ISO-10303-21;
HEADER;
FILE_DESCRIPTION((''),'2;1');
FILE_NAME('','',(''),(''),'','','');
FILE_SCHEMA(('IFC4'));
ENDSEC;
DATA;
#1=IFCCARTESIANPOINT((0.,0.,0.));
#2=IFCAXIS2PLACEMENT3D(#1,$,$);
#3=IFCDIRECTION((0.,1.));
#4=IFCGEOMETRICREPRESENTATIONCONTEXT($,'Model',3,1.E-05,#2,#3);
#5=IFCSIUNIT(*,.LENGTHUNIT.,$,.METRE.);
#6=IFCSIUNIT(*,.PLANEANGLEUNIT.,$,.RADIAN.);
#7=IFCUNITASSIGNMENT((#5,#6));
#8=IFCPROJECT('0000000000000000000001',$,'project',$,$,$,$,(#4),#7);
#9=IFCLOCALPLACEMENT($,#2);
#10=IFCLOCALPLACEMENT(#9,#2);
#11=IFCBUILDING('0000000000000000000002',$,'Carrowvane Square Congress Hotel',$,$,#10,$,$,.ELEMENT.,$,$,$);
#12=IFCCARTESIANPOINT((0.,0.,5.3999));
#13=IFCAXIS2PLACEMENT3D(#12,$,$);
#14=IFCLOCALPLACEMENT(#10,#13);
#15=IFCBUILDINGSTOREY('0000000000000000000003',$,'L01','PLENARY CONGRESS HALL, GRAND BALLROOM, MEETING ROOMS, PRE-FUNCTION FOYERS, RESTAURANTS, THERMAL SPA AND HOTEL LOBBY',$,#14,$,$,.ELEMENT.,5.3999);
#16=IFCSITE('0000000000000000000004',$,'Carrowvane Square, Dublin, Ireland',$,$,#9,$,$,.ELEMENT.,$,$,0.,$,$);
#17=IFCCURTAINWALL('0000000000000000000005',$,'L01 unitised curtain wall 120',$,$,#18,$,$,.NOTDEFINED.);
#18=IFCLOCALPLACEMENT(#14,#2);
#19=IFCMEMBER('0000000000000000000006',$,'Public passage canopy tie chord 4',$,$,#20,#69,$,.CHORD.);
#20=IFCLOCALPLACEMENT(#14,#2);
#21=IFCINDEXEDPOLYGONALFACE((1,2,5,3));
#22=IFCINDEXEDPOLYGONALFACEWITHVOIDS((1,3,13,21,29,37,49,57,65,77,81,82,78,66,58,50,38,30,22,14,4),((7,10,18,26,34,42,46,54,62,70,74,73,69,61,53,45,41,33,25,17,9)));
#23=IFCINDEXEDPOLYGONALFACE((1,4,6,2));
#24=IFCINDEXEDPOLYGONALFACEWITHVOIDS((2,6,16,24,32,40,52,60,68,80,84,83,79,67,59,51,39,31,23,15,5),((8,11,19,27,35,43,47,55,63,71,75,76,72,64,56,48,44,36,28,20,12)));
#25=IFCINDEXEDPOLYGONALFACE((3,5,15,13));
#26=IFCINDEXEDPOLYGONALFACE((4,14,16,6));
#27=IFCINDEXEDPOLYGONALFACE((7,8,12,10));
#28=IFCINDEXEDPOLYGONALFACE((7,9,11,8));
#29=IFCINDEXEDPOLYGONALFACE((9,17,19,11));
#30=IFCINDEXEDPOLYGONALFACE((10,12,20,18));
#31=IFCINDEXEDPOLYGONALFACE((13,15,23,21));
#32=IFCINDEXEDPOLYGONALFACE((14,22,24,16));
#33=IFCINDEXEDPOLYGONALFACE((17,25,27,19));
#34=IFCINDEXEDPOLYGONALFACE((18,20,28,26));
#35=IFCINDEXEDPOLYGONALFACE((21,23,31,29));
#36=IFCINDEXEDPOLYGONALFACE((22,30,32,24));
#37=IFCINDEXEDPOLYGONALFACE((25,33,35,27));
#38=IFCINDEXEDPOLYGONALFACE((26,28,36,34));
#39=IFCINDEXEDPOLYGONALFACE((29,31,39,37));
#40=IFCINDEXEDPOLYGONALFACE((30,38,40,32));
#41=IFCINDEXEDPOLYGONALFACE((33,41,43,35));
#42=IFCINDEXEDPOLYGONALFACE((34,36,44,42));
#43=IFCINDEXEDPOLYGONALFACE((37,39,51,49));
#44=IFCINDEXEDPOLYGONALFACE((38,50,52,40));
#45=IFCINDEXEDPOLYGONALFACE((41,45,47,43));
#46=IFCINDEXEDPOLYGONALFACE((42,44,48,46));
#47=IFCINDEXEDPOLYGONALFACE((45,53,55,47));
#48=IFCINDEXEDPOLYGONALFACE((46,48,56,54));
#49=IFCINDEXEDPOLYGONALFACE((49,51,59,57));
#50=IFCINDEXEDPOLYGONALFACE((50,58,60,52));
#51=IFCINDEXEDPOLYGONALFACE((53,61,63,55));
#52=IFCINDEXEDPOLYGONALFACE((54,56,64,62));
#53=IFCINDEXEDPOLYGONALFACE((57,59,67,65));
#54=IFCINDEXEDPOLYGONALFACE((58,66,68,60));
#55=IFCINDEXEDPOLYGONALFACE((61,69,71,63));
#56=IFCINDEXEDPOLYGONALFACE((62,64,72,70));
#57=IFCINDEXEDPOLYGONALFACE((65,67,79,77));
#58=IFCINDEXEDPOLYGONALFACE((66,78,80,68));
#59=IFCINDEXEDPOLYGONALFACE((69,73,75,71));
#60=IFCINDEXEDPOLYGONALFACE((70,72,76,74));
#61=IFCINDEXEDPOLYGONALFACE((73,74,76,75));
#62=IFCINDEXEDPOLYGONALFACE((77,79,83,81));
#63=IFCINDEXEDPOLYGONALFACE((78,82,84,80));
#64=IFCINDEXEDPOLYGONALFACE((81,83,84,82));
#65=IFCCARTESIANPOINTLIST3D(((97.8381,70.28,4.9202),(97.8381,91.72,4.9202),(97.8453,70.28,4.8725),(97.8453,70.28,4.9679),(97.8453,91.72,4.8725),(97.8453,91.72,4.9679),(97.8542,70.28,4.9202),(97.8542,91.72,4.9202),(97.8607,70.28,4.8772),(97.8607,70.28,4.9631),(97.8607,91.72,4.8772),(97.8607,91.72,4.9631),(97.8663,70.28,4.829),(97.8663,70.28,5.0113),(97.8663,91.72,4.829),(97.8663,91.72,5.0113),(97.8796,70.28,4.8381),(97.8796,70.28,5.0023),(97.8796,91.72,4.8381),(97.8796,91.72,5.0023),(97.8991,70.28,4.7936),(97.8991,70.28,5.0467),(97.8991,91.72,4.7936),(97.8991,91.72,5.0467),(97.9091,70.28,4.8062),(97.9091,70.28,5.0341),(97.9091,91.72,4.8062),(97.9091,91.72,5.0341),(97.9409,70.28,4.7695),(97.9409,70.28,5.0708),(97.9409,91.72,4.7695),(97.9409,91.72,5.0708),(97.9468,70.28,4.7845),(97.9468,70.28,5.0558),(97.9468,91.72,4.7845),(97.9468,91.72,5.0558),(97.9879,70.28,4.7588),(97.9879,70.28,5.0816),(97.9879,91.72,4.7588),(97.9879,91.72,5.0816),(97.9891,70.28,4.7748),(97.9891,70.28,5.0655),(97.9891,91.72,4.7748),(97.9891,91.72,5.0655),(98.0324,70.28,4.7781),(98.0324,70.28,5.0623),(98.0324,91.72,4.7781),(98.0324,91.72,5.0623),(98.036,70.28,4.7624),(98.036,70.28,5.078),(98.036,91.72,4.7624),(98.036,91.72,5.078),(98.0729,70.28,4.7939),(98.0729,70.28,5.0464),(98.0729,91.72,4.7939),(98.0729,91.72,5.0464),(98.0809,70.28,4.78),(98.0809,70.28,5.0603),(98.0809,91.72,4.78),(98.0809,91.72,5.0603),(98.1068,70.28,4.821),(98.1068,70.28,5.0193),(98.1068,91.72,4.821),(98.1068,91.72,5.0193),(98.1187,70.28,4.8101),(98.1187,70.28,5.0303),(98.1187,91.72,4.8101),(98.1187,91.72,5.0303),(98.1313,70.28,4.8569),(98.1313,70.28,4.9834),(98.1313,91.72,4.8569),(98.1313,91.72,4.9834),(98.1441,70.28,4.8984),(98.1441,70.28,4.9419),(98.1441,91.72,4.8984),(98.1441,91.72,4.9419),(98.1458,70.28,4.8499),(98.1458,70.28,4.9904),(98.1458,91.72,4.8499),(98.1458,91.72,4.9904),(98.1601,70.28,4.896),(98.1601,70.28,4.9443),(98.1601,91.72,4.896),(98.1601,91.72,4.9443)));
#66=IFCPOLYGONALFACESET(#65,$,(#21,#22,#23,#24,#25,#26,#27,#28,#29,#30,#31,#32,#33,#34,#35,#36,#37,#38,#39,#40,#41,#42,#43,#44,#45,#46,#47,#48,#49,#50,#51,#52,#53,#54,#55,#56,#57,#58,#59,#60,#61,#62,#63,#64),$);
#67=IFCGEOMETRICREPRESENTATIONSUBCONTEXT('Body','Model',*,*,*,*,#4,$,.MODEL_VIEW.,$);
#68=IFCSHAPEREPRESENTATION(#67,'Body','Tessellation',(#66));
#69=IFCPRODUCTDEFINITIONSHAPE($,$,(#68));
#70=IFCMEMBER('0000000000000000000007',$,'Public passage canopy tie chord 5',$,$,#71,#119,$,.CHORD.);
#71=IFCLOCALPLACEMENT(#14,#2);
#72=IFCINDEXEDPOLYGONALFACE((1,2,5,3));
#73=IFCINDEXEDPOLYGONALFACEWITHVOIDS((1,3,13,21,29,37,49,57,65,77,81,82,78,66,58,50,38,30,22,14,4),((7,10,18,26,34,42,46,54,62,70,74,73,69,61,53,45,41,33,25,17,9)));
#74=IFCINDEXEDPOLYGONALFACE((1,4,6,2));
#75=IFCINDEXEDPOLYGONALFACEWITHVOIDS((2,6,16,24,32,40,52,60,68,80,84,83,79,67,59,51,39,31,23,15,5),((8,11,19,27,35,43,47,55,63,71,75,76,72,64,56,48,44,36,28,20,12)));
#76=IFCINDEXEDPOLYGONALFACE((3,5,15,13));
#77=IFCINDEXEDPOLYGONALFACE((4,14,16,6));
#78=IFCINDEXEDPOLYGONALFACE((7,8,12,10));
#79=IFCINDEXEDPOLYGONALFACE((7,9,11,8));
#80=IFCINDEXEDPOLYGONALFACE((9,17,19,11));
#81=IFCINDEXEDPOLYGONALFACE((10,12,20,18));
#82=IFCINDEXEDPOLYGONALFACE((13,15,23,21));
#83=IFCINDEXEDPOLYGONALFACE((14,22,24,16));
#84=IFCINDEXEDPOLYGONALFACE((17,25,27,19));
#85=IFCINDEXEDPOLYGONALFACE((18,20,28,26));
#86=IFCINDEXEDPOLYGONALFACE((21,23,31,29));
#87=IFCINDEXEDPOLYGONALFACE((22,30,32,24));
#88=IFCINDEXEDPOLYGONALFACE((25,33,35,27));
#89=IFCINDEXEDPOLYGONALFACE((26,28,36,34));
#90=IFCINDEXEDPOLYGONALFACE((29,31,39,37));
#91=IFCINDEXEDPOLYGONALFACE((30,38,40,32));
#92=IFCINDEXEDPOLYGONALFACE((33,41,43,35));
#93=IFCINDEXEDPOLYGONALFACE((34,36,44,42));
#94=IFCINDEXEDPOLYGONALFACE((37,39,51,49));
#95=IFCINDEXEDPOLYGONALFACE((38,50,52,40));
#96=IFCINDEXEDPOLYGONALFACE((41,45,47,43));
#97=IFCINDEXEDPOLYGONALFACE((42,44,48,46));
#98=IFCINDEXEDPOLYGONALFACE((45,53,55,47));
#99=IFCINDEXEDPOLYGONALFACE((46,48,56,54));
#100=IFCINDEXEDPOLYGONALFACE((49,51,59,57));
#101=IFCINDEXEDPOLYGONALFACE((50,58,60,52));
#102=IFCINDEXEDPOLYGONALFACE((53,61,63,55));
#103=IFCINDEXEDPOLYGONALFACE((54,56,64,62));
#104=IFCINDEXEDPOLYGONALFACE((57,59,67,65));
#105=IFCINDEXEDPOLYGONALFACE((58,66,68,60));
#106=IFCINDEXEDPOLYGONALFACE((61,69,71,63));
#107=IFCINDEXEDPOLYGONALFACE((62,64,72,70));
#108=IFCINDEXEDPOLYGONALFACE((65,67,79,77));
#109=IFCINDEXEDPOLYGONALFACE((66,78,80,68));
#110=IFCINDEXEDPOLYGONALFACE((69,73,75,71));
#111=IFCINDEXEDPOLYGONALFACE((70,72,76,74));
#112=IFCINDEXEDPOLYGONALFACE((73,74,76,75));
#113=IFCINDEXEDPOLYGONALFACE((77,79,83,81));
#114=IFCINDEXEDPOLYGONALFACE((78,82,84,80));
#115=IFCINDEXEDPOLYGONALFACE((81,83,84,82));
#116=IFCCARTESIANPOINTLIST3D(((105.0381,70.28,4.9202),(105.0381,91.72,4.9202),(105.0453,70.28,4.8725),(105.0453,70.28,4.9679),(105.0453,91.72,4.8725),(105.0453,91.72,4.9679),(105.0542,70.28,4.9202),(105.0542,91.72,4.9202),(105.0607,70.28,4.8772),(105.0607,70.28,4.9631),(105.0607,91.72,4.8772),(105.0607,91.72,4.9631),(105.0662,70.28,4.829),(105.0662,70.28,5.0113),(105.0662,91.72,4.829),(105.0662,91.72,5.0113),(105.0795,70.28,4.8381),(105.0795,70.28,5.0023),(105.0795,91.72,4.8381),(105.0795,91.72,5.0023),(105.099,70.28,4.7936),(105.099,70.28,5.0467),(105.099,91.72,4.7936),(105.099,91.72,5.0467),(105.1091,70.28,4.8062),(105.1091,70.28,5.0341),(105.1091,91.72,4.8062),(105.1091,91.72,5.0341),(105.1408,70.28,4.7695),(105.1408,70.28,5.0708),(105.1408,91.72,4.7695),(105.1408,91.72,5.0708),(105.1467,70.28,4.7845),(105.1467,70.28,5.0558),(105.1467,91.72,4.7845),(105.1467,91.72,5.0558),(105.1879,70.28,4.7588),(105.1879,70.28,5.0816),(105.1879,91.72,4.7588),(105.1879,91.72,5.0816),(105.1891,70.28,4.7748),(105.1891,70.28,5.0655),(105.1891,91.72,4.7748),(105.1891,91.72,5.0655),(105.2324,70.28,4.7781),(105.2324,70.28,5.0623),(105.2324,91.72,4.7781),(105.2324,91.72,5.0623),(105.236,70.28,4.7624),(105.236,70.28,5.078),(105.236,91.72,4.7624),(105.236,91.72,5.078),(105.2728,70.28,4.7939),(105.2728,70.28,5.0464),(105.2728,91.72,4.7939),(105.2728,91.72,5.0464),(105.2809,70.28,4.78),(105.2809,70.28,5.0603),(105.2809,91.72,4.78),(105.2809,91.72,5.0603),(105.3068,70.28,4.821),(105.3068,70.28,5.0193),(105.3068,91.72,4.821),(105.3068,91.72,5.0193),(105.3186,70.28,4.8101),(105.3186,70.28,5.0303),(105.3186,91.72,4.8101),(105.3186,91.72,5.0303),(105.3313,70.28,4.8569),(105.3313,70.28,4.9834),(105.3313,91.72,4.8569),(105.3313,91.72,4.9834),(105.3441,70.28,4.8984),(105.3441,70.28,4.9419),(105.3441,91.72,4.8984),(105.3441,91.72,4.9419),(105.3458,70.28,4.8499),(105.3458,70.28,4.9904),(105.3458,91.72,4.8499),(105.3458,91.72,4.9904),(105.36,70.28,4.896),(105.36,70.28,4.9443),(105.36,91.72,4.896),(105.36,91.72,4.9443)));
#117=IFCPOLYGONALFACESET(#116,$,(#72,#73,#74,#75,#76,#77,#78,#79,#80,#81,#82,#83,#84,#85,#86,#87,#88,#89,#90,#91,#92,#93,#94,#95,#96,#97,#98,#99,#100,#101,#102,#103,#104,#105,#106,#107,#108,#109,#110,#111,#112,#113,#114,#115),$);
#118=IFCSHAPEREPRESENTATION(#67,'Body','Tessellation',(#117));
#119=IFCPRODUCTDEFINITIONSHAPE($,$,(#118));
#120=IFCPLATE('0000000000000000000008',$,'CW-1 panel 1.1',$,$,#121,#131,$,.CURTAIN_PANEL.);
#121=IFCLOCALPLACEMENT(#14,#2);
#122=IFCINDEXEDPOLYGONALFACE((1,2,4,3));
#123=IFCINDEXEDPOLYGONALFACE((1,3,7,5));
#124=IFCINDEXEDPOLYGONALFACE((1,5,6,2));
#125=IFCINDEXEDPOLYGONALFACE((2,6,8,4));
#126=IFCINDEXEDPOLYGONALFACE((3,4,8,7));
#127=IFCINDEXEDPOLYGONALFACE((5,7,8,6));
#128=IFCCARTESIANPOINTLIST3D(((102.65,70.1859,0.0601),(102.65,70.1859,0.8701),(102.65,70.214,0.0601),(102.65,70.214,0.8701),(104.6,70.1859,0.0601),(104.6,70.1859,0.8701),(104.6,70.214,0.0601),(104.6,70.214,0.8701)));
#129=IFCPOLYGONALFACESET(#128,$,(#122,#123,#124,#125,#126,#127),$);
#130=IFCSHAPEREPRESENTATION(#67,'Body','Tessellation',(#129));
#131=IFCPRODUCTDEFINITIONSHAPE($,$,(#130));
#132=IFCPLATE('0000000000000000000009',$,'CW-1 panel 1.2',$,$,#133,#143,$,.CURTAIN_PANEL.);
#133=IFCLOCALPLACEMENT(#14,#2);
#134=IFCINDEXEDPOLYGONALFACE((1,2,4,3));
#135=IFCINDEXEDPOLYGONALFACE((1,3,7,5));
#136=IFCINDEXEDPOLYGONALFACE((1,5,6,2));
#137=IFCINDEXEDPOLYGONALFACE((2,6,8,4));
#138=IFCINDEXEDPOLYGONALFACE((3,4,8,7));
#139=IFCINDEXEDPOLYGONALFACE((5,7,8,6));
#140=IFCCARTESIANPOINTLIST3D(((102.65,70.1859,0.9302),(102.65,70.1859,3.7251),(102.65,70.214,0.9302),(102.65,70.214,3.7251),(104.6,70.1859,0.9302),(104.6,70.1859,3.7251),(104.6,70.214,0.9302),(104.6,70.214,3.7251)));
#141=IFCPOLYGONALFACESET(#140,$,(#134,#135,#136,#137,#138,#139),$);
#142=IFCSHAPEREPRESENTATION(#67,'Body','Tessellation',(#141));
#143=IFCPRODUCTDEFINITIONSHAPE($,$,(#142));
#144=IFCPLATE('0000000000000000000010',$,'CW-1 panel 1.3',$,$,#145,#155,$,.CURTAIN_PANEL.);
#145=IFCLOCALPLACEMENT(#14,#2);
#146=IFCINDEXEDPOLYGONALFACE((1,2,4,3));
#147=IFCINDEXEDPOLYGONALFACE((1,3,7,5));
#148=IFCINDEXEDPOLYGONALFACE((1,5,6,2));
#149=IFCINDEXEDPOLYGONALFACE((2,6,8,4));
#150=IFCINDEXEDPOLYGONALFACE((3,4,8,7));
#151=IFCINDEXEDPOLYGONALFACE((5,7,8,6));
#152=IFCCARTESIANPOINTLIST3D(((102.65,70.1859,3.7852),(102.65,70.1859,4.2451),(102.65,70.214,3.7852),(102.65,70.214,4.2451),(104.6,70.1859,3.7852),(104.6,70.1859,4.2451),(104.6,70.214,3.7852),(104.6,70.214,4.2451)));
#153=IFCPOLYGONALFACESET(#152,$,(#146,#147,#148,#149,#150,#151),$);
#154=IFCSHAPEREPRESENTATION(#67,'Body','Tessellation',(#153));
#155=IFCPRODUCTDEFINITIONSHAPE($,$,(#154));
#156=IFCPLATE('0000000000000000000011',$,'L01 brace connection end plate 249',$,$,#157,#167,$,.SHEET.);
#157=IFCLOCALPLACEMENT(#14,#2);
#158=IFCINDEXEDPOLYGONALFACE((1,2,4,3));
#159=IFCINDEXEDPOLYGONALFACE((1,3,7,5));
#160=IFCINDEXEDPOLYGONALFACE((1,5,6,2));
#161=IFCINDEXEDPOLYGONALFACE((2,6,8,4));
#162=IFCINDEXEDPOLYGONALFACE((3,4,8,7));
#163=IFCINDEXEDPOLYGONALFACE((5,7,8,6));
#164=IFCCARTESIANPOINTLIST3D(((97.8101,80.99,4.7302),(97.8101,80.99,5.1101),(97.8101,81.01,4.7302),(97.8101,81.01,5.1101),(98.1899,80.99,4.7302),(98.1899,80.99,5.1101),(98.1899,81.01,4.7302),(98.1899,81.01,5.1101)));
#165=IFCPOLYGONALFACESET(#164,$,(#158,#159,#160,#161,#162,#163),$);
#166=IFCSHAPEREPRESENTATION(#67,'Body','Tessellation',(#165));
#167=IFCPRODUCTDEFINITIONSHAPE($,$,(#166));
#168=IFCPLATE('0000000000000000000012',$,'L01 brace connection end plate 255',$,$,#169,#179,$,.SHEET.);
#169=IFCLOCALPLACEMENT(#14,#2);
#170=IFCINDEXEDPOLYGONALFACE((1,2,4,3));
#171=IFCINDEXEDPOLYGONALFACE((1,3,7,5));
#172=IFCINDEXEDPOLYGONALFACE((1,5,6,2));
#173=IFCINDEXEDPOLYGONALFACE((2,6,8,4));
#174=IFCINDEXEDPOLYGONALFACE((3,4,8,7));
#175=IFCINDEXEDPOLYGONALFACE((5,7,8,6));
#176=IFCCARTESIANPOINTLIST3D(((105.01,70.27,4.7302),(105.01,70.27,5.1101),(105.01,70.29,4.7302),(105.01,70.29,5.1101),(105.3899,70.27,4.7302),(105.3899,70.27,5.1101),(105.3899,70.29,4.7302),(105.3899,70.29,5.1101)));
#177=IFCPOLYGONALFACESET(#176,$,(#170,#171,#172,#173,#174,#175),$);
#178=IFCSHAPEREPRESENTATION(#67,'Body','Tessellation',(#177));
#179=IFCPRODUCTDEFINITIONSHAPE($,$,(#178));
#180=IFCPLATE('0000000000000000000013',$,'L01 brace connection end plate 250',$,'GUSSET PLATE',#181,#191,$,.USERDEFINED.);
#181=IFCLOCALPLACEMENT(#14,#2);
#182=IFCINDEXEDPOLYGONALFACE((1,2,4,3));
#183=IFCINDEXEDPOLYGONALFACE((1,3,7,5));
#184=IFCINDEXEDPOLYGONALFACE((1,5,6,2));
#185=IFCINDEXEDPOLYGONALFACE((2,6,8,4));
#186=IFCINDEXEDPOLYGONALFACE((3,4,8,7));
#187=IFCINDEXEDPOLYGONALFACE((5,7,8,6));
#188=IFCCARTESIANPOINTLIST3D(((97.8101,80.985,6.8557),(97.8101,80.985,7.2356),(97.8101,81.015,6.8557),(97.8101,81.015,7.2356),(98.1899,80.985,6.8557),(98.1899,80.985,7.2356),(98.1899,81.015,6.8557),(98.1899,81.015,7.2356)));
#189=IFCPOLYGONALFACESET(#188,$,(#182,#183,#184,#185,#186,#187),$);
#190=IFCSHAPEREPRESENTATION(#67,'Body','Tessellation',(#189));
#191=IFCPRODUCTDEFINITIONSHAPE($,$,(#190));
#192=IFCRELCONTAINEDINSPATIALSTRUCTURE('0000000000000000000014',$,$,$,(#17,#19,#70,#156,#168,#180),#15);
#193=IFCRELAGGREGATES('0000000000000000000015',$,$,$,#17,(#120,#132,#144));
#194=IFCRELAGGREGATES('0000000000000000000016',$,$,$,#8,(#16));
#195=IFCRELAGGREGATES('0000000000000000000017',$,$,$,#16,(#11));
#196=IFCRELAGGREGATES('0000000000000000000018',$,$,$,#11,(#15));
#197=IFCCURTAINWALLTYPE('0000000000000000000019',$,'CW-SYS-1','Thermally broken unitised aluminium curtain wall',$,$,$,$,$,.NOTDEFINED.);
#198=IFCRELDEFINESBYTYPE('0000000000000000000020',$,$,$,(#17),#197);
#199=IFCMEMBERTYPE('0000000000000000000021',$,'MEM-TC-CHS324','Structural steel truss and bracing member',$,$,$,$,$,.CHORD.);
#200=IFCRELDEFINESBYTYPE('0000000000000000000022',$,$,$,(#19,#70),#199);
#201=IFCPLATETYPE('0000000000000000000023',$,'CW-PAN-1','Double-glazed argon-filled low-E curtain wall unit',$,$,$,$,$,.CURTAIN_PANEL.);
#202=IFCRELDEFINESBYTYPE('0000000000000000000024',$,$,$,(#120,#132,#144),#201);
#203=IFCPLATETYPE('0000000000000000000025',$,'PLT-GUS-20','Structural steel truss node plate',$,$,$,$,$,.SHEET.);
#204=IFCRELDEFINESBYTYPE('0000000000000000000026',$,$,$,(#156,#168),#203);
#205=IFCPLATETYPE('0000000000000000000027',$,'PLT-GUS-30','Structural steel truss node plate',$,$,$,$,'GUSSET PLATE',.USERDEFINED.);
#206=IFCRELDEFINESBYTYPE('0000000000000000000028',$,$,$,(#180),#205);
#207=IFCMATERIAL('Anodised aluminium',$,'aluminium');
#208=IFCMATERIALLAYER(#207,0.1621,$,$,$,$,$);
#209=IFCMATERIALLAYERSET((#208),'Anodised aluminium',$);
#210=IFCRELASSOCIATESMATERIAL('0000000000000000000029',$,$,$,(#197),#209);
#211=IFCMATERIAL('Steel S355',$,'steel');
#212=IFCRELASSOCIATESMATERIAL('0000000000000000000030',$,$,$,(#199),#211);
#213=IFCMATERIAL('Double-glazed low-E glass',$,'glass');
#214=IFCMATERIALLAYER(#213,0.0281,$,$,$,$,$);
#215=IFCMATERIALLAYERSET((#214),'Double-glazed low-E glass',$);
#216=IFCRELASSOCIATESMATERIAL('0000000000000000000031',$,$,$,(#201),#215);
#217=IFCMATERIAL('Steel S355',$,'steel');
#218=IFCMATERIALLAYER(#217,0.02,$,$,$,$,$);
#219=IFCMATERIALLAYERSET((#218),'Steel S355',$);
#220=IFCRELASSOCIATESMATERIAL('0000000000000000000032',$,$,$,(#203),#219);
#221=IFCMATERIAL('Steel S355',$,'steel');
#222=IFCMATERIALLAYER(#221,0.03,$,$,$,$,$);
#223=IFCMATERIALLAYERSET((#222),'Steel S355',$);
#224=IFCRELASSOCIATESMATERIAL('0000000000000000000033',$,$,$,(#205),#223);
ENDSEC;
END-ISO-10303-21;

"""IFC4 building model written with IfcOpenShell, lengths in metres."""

from ifc_helpers import new_model, si_unit, direction, frame, origin, origin_2d, place, context, subcontext, project, spatial, rectangle, hollow_circle, extrude, material, layer, layer_set, material_profile, profile_set, type_object, element, aggregate, save


model = new_model("IFC4")

# Units and contexts
model_context = context("Model", 3, precision=1e-05, world=origin(), true_north=direction((0.0, 1.0)))
body_context = subcontext(model_context, "Body", "Model", "MODEL_VIEW")
ifc_project = project(units=[si_unit("LENGTHUNIT", "METRE"), si_unit("PLANEANGLEUNIT", "RADIAN")], contexts=[model_context])

# Site, building, storey
site_placement = place(None, origin())
site = spatial("IfcSite", under=ifc_project, at=site_placement, Name="Carrowvane Square, Dublin, Ireland", CompositionType="ELEMENT", RefElevation=0.0)
building_placement = place(site_placement, origin())
building = spatial("IfcBuilding", under=site, at=building_placement, Name="Carrowvane Square Congress Hotel", CompositionType="ELEMENT")
storey_placement = place(building_placement, frame((0.0, 0.0, 5.3999)))
storey = spatial("IfcBuildingStorey", under=building, at=storey_placement, Name="L01", Description="PLENARY CONGRESS HALL, GRAND BALLROOM, MEETING ROOMS, PRE-FUNCTION FOYERS, RESTAURANTS, THERMAL SPA AND HOTEL LOBBY", CompositionType="ELEMENT", Elevation=5.3999)

# Curtain wall
ifc_material_1 = material(Name="Anodised aluminium", Category="aluminium")
ifc_layer_1 = layer(ifc_material_1, 0.1621)
ifc_layer_set_1 = layer_set([ifc_layer_1], Name="Anodised aluminium")
curtain_wall_type = type_object("IfcCurtainWallType", Name="CW-SYS-1", Description="Thermally broken unitised aluminium curtain wall", PredefinedType="NOTDEFINED", material=ifc_layer_set_1)
curtain_wall_placement = place(storey_placement, origin())
curtain_wall = element("IfcCurtainWall", 1, at=curtain_wall_placement, inside=storey, type_object=curtain_wall_type, Name="L01 unitised curtain wall 120", PredefinedType="NOTDEFINED")

# Members
ifc_material_2 = material(Name="Steel S355", Category="steel")
ifc_material_profile_1 = material_profile(ifc_material_2, hollow_circle(Radius=0.1619, WallThickness=0.0161, at=origin_2d()), Name="CHS 323.9x16")
ifc_profile_set_1 = profile_set([ifc_material_profile_1], Name="Steel S355")
member_type_1 = type_object("IfcMemberType", Name="MEM-TC-CHS324", Description="Structural steel truss and bracing member", PredefinedType="CHORD", material=ifc_profile_set_1)
for number, where, z_axis, x_axis, name in (
    (2, (98.0, 70.28, 4.9202), (0.0, 1.0, 0.0), (-1.0, 0.0, 0.0), "Public passage canopy tie chord 4"),
    (3, (105.2, 70.28, 4.9202), (0.0, 1.0, 0.0), (-1.0, 0.0, 0.0), "Public passage canopy tie chord 5"),
):
    element("IfcMember", number, at=place(storey_placement, frame(where, z_axis=z_axis, x_axis=x_axis)), inside=storey, type_object=member_type_1, Name=name, PredefinedType="CHORD", context=body_context, shape_type="SweptSolid", body=[
        extrude(hollow_circle(Radius=0.1619, WallThickness=0.0161, at=origin_2d()), origin(), (0.0, 0.0, 1.0), 21.4399),
    ])

# Plates
ifc_material_3 = material(Name="Double-glazed low-E glass", Category="glass")
ifc_layer_2 = layer(ifc_material_3, 0.0281)
ifc_layer_set_2 = layer_set([ifc_layer_2], Name="Double-glazed low-E glass")
plate_type_1 = type_object("IfcPlateType", Name="CW-PAN-1", Description="Double-glazed argon-filled low-E curtain wall unit", PredefinedType="CURTAIN_PANEL", material=ifc_layer_set_2)
plate_1_placement = place(storey_placement, frame((103.625, 70.2, 0.0601), z_axis=(0.0, 0.0, 1.0), x_axis=(-1.0, 0.0, 0.0)))
plate_1 = element("IfcPlate", 4, at=plate_1_placement, type_object=plate_type_1, Name="CW-1 panel 1.1", PredefinedType="CURTAIN_PANEL", context=body_context, shape_type="SweptSolid", body=[
    extrude(rectangle(XDim=1.95, YDim=0.0281, at=origin_2d()), origin(), (0.0, 0.0, 1.0), 0.8101),
])
plate_2_placement = place(storey_placement, frame((103.625, 70.2, 0.9302), z_axis=(0.0, 0.0, 1.0), x_axis=(-1.0, 0.0, 0.0)))
plate_2 = element("IfcPlate", 5, at=plate_2_placement, type_object=plate_type_1, Name="CW-1 panel 1.2", PredefinedType="CURTAIN_PANEL", context=body_context, shape_type="SweptSolid", body=[
    extrude(rectangle(XDim=1.95, YDim=0.0281, at=origin_2d()), origin(), (0.0, 0.0, 1.0), 2.7949),
])
plate_3_placement = place(storey_placement, frame((103.625, 70.2, 3.7852), z_axis=(0.0, 0.0, 1.0), x_axis=(-1.0, 0.0, 0.0)))
plate_3 = element("IfcPlate", 6, at=plate_3_placement, type_object=plate_type_1, Name="CW-1 panel 1.3", PredefinedType="CURTAIN_PANEL", context=body_context, shape_type="SweptSolid", body=[
    extrude(rectangle(XDim=1.95, YDim=0.0281, at=origin_2d()), origin(), (0.0, 0.0, 1.0), 0.46),
])
aggregate(curtain_wall, [plate_1, plate_2, plate_3])

# Plates
ifc_material_4 = material(Name="Steel S355", Category="steel")
ifc_layer_3 = layer(ifc_material_4, 0.02)
ifc_layer_set_3 = layer_set([ifc_layer_3], Name="Steel S355")
plate_type_2 = type_object("IfcPlateType", Name="PLT-GUS-20", Description="Structural steel truss node plate", PredefinedType="SHEET", material=ifc_layer_set_3)
for number, where, z_axis, x_axis, name in (
    (7, (98.0, 81.0, 4.7302), (0.0, 0.0, 1.0), (1.0, 0.0, 0.0), "L01 brace connection end plate 249"),
    (8, (105.2, 70.28, 4.7302), (0.0, 0.0, 1.0), (1.0, 0.0, 0.0), "L01 brace connection end plate 255"),
):
    element("IfcPlate", number, at=place(storey_placement, frame(where, z_axis=z_axis, x_axis=x_axis)), inside=storey, type_object=plate_type_2, Name=name, PredefinedType="SHEET", context=body_context, shape_type="SweptSolid", body=[
        extrude(rectangle(XDim=0.3799, YDim=0.02, at=origin_2d()), origin(), (0.0, 0.0, 1.0), 0.3799),
    ])
ifc_material_5 = material(Name="Steel S355", Category="steel")
ifc_layer_4 = layer(ifc_material_5, 0.03)
ifc_layer_set_4 = layer_set([ifc_layer_4], Name="Steel S355")
plate_type_3 = type_object("IfcPlateType", Name="PLT-GUS-30", Description="Structural steel truss node plate", ElementType="GUSSET PLATE", PredefinedType="USERDEFINED", material=ifc_layer_set_4)
plate_4_placement = place(storey_placement, frame((98.0, 81.0, 6.8557), z_axis=(0.0, 0.0, 1.0), x_axis=(1.0, 0.0, 0.0)))
element("IfcPlate", 9, at=plate_4_placement, inside=storey, type_object=plate_type_3, Name="L01 brace connection end plate 250", ObjectType="GUSSET PLATE", PredefinedType="USERDEFINED", context=body_context, shape_type="SweptSolid", body=[
    extrude(rectangle(XDim=0.3799, YDim=0.03, at=origin_2d()), origin(), (0.0, 0.0, 1.0), 0.3799),
])

save(model, "model.ifc")
